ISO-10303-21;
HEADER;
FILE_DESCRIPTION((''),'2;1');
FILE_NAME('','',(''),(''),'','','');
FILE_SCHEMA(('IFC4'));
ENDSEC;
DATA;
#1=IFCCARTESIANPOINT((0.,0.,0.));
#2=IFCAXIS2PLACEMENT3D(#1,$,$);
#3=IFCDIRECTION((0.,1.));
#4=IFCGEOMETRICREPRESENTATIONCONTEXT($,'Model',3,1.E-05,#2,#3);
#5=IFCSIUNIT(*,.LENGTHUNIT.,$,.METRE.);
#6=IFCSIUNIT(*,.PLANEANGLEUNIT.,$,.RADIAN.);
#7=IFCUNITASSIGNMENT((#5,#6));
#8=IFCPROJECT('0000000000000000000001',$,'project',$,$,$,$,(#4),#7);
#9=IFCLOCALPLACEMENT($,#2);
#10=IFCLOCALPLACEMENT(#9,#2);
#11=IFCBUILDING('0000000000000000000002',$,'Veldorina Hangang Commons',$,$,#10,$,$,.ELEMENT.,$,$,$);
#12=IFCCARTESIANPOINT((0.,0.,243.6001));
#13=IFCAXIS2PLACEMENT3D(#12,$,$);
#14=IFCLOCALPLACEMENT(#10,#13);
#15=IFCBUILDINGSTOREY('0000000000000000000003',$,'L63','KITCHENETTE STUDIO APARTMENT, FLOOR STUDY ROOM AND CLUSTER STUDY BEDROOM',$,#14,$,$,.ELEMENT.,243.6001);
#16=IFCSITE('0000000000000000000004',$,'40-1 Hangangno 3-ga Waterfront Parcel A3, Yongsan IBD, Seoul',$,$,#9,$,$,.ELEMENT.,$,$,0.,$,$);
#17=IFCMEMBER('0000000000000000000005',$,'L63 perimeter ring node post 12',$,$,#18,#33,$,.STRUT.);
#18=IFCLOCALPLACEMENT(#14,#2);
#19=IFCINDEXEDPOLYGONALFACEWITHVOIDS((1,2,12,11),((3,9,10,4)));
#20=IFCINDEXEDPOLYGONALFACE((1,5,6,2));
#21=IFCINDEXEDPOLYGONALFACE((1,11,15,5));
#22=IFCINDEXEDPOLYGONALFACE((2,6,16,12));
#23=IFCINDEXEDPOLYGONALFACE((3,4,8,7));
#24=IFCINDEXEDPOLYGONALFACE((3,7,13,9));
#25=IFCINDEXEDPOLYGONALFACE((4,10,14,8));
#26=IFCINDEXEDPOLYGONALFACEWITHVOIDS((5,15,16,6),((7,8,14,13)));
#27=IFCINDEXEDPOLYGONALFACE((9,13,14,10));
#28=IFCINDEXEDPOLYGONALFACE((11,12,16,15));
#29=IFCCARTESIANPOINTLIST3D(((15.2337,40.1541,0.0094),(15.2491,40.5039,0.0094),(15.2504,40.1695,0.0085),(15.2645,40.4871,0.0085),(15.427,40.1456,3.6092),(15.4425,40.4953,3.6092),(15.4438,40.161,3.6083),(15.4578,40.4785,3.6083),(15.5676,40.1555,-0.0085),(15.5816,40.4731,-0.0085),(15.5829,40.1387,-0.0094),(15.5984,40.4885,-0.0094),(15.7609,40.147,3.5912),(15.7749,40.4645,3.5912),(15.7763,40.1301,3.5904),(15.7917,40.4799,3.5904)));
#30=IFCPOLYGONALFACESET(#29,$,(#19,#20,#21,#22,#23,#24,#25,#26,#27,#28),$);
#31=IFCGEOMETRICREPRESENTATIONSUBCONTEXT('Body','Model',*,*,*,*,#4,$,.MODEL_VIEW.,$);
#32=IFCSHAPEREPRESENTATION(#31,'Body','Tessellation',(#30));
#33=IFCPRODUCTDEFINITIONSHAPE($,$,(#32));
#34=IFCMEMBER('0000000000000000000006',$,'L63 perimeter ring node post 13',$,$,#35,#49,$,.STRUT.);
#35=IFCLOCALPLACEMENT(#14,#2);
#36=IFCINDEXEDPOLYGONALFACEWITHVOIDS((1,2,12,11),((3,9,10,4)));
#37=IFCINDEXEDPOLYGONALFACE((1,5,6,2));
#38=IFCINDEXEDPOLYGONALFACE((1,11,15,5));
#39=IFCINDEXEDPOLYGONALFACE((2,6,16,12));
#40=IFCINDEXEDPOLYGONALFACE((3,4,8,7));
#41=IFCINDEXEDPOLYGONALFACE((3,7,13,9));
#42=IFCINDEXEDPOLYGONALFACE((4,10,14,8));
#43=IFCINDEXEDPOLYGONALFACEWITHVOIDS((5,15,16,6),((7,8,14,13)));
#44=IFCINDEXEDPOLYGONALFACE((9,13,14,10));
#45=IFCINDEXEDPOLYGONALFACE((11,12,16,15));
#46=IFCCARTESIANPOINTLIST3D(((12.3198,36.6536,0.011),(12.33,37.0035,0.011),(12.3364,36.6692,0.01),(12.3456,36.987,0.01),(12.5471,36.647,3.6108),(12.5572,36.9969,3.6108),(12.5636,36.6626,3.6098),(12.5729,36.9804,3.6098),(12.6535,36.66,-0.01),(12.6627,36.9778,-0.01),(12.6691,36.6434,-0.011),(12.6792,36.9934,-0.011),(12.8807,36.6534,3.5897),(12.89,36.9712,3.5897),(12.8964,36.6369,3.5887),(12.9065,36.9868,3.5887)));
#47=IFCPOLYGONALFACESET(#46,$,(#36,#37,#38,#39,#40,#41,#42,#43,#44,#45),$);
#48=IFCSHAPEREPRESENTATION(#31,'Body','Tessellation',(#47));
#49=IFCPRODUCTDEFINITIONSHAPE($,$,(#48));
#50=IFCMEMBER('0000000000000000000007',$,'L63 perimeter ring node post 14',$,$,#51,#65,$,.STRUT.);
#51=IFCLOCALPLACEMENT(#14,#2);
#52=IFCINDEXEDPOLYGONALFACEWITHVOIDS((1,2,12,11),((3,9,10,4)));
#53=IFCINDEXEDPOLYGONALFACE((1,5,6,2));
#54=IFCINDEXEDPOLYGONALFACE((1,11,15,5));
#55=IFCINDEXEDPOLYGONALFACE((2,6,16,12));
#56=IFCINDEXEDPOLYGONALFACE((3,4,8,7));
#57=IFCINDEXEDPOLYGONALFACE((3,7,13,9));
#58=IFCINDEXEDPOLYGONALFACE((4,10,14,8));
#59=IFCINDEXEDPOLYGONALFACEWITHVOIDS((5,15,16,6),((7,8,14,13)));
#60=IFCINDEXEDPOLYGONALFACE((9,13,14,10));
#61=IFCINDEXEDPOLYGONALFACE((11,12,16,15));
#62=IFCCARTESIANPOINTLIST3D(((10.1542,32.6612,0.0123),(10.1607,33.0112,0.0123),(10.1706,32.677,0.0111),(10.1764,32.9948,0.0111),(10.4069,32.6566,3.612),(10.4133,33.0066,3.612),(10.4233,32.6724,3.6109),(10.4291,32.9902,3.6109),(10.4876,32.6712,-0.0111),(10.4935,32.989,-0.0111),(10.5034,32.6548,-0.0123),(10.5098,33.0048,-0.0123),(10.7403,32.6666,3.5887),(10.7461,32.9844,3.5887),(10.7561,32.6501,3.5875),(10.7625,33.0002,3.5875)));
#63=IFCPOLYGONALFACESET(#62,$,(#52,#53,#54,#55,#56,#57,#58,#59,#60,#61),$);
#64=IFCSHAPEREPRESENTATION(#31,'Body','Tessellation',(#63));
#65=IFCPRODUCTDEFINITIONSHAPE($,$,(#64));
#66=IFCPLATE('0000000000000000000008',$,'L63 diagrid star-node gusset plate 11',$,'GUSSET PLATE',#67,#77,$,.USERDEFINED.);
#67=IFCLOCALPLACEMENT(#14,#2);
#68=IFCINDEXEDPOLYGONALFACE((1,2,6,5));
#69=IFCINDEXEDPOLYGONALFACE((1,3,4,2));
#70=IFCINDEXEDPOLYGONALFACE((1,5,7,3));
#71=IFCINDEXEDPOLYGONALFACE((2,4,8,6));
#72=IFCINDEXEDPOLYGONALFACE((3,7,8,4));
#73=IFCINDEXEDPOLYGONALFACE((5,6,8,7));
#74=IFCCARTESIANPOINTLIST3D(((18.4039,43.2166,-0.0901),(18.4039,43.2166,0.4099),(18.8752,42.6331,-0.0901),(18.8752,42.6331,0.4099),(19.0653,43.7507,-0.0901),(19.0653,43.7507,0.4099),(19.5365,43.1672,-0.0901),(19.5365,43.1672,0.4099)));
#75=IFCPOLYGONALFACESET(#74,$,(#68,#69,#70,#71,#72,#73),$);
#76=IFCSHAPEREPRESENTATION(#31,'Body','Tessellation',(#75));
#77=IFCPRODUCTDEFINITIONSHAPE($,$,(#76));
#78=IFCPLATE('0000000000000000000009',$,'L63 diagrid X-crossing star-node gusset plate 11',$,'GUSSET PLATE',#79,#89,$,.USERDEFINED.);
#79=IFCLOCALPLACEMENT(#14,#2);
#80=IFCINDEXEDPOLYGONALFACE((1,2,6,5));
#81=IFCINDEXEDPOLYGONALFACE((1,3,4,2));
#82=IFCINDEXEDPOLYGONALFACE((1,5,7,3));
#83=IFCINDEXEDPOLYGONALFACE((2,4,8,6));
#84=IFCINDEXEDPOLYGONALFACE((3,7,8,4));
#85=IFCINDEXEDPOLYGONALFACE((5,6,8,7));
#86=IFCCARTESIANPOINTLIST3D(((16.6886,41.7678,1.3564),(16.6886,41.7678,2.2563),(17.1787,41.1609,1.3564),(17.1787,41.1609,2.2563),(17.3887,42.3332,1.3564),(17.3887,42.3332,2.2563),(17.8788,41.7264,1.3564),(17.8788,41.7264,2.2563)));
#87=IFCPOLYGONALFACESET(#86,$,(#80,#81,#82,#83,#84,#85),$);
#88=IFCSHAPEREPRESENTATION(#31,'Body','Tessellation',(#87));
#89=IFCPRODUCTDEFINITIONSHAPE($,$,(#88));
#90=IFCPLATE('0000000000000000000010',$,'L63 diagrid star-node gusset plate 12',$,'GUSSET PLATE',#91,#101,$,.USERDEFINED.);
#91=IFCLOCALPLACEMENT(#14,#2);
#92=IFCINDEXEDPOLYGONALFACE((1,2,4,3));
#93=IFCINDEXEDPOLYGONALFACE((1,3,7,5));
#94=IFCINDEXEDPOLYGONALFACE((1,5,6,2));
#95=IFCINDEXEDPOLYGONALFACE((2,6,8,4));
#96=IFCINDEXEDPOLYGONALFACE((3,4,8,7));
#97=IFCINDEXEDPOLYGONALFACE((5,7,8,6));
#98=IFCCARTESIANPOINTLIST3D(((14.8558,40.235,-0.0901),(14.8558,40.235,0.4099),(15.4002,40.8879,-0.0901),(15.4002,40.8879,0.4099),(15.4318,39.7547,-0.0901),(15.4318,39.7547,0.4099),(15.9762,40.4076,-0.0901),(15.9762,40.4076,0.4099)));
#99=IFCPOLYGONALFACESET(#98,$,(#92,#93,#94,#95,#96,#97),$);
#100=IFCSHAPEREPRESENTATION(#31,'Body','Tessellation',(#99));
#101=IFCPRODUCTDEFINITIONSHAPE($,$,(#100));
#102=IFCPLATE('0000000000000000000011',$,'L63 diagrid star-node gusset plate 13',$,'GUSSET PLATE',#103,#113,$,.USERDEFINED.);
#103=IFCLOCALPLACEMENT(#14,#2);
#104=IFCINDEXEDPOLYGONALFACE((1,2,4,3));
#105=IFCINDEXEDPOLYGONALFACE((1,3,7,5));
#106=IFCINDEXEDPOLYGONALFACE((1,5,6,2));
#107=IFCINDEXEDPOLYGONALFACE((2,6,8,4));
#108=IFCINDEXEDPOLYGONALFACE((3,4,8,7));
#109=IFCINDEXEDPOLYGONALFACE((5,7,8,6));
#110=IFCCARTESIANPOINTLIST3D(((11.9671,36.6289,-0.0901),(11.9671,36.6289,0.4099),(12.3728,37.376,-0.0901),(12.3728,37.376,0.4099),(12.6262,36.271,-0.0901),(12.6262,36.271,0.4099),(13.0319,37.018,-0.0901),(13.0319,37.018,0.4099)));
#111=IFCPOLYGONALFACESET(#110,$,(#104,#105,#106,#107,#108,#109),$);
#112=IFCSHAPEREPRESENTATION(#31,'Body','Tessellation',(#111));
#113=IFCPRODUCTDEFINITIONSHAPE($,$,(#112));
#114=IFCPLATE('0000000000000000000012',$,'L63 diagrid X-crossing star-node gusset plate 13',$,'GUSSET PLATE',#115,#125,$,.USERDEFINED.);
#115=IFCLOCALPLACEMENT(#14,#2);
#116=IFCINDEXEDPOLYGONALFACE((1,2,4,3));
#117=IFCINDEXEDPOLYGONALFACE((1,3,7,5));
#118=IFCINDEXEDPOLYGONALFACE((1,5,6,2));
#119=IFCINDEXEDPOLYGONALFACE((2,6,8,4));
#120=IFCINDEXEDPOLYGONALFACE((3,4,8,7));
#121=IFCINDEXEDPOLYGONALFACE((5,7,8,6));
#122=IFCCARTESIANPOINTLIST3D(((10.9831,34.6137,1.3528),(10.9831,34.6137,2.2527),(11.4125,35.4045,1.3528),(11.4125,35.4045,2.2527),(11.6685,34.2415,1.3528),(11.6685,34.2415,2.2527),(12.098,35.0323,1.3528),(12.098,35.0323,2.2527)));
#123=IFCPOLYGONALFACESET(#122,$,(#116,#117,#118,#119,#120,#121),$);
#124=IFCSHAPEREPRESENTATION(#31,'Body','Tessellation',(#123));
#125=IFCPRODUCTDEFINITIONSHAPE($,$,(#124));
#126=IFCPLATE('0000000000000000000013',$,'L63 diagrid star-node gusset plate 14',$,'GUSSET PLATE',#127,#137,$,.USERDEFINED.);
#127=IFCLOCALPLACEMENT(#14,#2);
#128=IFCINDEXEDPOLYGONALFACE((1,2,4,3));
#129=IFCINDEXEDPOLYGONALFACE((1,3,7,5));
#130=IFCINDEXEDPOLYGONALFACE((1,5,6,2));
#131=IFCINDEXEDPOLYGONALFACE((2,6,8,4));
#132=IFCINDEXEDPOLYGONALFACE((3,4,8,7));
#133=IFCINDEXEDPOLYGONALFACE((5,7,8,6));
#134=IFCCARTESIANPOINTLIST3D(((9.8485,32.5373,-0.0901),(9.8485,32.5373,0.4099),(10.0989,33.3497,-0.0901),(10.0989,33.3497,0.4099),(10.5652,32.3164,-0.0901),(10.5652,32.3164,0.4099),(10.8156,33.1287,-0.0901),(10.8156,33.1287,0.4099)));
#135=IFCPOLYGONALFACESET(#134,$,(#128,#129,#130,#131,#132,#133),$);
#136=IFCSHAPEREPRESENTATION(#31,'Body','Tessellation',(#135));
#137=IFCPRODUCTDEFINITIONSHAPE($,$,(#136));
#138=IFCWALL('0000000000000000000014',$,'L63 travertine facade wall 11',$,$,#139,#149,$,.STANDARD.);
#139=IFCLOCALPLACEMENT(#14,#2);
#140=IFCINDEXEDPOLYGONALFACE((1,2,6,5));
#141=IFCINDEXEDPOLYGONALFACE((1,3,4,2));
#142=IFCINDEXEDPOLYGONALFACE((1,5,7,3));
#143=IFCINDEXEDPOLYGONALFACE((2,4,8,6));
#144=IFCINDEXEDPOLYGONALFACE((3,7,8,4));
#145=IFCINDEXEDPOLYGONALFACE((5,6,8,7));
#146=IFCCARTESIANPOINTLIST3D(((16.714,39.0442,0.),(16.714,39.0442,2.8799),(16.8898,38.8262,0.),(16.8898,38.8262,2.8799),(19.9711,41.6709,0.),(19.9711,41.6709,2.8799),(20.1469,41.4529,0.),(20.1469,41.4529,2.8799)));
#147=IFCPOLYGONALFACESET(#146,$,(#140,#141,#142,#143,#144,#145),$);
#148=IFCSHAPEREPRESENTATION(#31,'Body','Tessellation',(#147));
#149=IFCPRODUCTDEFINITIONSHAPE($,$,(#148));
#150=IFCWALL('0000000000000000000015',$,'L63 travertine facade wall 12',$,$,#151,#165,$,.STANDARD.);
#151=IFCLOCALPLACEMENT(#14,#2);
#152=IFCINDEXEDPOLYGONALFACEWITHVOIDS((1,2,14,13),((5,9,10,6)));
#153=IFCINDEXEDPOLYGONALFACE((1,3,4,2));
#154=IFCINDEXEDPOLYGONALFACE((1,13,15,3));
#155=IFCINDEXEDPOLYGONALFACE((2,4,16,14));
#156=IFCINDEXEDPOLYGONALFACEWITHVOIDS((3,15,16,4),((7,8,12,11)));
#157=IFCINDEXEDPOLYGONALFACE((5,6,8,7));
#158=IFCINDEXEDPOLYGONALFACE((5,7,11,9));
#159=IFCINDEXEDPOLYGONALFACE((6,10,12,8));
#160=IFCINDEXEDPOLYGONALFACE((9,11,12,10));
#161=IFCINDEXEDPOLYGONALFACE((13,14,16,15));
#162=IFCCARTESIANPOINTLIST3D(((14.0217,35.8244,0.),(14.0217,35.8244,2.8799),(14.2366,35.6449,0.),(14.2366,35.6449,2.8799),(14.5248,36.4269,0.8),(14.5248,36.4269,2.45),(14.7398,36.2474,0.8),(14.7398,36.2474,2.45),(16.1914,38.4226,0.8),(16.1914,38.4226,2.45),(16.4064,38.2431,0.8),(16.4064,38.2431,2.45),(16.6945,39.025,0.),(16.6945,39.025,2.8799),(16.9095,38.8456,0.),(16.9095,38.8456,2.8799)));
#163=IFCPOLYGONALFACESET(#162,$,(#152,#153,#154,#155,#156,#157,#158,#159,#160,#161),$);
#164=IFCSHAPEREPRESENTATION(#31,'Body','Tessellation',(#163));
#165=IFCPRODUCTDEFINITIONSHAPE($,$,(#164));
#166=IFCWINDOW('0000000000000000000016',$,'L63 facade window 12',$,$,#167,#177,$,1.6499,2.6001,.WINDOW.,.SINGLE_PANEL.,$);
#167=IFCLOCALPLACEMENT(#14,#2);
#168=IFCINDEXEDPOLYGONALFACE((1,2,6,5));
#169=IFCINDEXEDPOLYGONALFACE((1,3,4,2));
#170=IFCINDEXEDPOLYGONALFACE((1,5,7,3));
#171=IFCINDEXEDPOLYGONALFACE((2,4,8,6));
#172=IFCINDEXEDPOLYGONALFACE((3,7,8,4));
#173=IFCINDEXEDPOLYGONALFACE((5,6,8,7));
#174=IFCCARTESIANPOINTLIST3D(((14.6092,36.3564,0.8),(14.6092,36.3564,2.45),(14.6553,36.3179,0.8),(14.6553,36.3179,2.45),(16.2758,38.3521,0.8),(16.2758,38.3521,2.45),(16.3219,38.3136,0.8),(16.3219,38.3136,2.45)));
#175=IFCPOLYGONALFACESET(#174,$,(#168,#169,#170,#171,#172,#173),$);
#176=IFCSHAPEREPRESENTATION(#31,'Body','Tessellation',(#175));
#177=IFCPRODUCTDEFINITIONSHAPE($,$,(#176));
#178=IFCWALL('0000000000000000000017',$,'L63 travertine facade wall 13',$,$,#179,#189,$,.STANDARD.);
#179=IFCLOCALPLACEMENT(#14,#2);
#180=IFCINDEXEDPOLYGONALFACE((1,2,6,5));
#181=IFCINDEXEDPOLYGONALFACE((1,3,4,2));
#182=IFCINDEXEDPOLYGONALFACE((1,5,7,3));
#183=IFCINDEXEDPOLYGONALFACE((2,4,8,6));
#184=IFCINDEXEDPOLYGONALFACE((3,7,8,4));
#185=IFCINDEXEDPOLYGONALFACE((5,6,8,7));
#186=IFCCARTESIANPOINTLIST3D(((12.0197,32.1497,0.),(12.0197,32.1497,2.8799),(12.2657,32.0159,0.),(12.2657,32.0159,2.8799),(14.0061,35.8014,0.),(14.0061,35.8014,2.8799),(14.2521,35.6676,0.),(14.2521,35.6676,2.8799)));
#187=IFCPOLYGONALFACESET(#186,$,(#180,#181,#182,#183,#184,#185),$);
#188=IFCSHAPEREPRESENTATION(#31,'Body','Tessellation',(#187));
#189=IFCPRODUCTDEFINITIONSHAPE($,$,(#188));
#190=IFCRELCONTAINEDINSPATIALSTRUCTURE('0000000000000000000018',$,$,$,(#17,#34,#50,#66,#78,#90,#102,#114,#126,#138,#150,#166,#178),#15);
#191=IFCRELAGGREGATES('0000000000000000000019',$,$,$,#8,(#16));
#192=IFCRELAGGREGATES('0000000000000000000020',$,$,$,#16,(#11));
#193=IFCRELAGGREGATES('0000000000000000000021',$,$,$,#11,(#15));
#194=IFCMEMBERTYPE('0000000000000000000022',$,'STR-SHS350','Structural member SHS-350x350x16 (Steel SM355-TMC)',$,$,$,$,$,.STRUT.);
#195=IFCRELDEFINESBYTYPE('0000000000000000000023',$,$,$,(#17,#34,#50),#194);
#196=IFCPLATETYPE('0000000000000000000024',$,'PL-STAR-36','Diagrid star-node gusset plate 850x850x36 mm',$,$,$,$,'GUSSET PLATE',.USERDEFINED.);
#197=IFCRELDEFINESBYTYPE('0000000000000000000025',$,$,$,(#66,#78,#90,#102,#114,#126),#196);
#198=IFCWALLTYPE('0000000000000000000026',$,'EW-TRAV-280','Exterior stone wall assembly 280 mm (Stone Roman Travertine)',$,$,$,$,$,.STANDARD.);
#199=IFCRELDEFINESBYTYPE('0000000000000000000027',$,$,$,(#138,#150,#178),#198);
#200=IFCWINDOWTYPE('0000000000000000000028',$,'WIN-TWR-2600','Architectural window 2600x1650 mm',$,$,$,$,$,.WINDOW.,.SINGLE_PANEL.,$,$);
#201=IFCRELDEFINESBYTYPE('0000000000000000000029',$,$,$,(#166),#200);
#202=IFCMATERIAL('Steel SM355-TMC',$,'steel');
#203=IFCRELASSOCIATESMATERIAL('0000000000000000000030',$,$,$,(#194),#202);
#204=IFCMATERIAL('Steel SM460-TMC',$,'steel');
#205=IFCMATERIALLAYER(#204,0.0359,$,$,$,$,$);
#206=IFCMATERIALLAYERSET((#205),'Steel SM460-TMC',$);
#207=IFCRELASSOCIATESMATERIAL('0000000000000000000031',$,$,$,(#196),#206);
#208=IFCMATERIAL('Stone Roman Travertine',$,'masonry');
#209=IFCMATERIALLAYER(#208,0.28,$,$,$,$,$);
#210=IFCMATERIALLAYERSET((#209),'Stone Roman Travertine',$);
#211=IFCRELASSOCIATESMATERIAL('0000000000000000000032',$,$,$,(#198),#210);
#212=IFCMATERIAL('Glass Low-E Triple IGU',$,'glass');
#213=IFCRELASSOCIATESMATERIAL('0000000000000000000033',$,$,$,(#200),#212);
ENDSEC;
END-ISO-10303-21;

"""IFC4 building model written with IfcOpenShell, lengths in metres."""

from ifc_helpers import new_model, si_unit, direction, frame, frame_2d, origin, origin_2d, place, context, subcontext, project, spatial, rectangle, hollow_rectangle, extrude, material, layer, layer_set, material_profile, profile_set, type_object, element, fill, save


model = new_model("IFC4")

# Units and contexts
model_context = context("Model", 3, precision=1e-05, world=origin(), true_north=direction((0.0, 1.0)))
body_context = subcontext(model_context, "Body", "Model", "MODEL_VIEW")
ifc_project = project(units=[si_unit("LENGTHUNIT", "METRE"), si_unit("PLANEANGLEUNIT", "RADIAN")], contexts=[model_context])

# Site, building, storey
site_placement = place(None, origin())
site = spatial("IfcSite", under=ifc_project, at=site_placement, Name="40-1 Hangangno 3-ga Waterfront Parcel A3, Yongsan IBD, Seoul", CompositionType="ELEMENT", RefElevation=0.0)
building_placement = place(site_placement, origin())
building = spatial("IfcBuilding", under=site, at=building_placement, Name="Veldorina Hangang Commons", CompositionType="ELEMENT")
storey_placement = place(building_placement, frame((0.0, 0.0, 243.6001)))
storey = spatial("IfcBuildingStorey", under=building, at=storey_placement, Name="L63", Description="KITCHENETTE STUDIO APARTMENT, FLOOR STUDY ROOM AND CLUSTER STUDY BEDROOM", CompositionType="ELEMENT", Elevation=243.6001)

# Shared definitions
ifc_material_1 = material(Name="Steel SM355-TMC", Category="steel")

# Members
ifc_material_profile_1 = material_profile(ifc_material_1, hollow_rectangle(XDim=0.3501, YDim=0.3501, WallThickness=0.0161, at=origin_2d()), Name="SHS-350x350x16")
ifc_profile_set_1 = profile_set([ifc_material_profile_1], Name="Steel SM355-TMC")
member_type_1 = type_object("IfcMemberType", Name="STR-SHS350", Description="Structural member SHS-350x350x16 (Steel SM355-TMC)", PredefinedType="STRUT", material=ifc_profile_set_1)
member_1_placement = place(storey_placement, frame((15.416, 40.3213, 0.0), z_axis=(0.053636, -0.00237, 0.998558), x_axis=(0.044149, 0.999025, 0.0)))
element("IfcMember", 1, at=member_1_placement, inside=storey, type_object=member_type_1, Name="L63 perimeter ring node post 12", PredefinedType="STRUT", context=body_context, shape_type="SweptSolid", body=[
    extrude(hollow_rectangle(XDim=0.3501, YDim=0.3501, WallThickness=0.0161, at=origin_2d()), origin(), (0.0, 0.0, 1.0), 3.605),
])
member_2_placement = place(storey_placement, frame((12.4995, 36.8235, 0.0), z_axis=(0.063014, -0.001827, 0.998011), x_axis=(0.028989, 0.99958, 0.0)))
element("IfcMember", 2, at=member_2_placement, inside=storey, type_object=member_type_1, Name="L63 perimeter ring node post 13", PredefinedType="STRUT", context=body_context, shape_type="SweptSolid", body=[
    extrude(hollow_rectangle(XDim=0.3501, YDim=0.3501, WallThickness=0.0161, at=origin_2d()), origin(), (0.0, 0.0, 1.0), 3.6069),
])
member_3_placement = place(storey_placement, frame((10.332, 32.833, 0.0), z_axis=(0.070021, -0.001285, 0.997545), x_axis=(0.018354, 0.999832, 0.0)))
element("IfcMember", 3, at=member_3_placement, inside=storey, type_object=member_type_1, Name="L63 perimeter ring node post 14", PredefinedType="STRUT", context=body_context, shape_type="SweptSolid", body=[
    extrude(hollow_rectangle(XDim=0.3501, YDim=0.3501, WallThickness=0.0161, at=origin_2d()), origin(), (0.0, 0.0, 1.0), 3.6086),
])

# Plates
ifc_material_2 = material(Name="Steel SM460-TMC", Category="steel")
ifc_layer_1 = layer(ifc_material_2, 0.0359)
ifc_layer_set_1 = layer_set([ifc_layer_1], Name="Steel SM460-TMC")
plate_type = type_object("IfcPlateType", Name="PL-STAR-36", Description="Diagrid star-node gusset plate 850x850x36 mm", ElementType="GUSSET PLATE", PredefinedType="USERDEFINED", material=ifc_layer_set_1)
plate_1_placement = place(storey_placement, frame((18.9702, 43.1919, -0.0901), z_axis=(0.0, 0.0, 1.0), x_axis=(-0.777947, -0.62833, 0.0)))
element("IfcPlate", 4, at=plate_1_placement, inside=storey, type_object=plate_type, Name="L63 diagrid star-node gusset plate 11", ObjectType="GUSSET PLATE", PredefinedType="USERDEFINED", context=body_context, shape_type="SweptSolid", body=[
    extrude(rectangle(XDim=0.8501, YDim=0.75, at=origin_2d()), origin(), (0.0, 0.0, 1.0), 0.5),
])
plate_2_placement = place(storey_placement, frame((17.2837, 41.7471, 1.3564), z_axis=(0.0, 0.0, 1.0), x_axis=(-0.777947, -0.62833, 0.0)))
element("IfcPlate", 5, at=plate_2_placement, inside=storey, type_object=plate_type, Name="L63 diagrid X-crossing star-node gusset plate 11", ObjectType="GUSSET PLATE", PredefinedType="USERDEFINED", context=body_context, shape_type="SweptSolid", body=[
    extrude(rectangle(XDim=0.8999, YDim=0.78, at=origin_2d()), origin(), (0.0, 0.0, 1.0), 0.8999),
])
for number, where, z_axis, x_axis, name in (
    (6, (15.416, 40.3213, -0.0901), (0.0, 0.0, 1.0), (-0.640431, -0.768015, 0.0), "L63 diagrid star-node gusset plate 12"),
    (7, (12.4995, 36.8235, -0.0901), (0.0, 0.0, 1.0), (-0.477251, -0.878767, 0.0), "L63 diagrid star-node gusset plate 13"),
):
    element("IfcPlate", number, at=place(storey_placement, frame(where, z_axis=z_axis, x_axis=x_axis)), inside=storey, type_object=plate_type, Name=name, ObjectType="GUSSET PLATE", PredefinedType="USERDEFINED", context=body_context, shape_type="SweptSolid", body=[
        extrude(rectangle(XDim=0.8501, YDim=0.75, at=origin_2d()), origin(), (0.0, 0.0, 1.0), 0.5),
    ])
plate_3_placement = place(storey_placement, frame((11.5405, 34.823, 1.3528), z_axis=(0.0, 0.0, 1.0), x_axis=(-0.477251, -0.878767, 0.0)))
element("IfcPlate", 8, at=plate_3_placement, inside=storey, type_object=plate_type, Name="L63 diagrid X-crossing star-node gusset plate 13", ObjectType="GUSSET PLATE", PredefinedType="USERDEFINED", context=body_context, shape_type="SweptSolid", body=[
    extrude(rectangle(XDim=0.8999, YDim=0.78, at=origin_2d()), origin(), (0.0, 0.0, 1.0), 0.8999),
])
plate_4_placement = place(storey_placement, frame((10.332, 32.833, -0.0901), z_axis=(0.0, 0.0, 1.0), x_axis=(-0.294574, -0.955629, 0.0)))
element("IfcPlate", 9, at=plate_4_placement, inside=storey, type_object=plate_type, Name="L63 diagrid star-node gusset plate 14", ObjectType="GUSSET PLATE", PredefinedType="USERDEFINED", context=body_context, shape_type="SweptSolid", body=[
    extrude(rectangle(XDim=0.8501, YDim=0.75, at=origin_2d()), origin(), (0.0, 0.0, 1.0), 0.5),
])

# Wall
ifc_material_3 = material(Name="Stone Roman Travertine", Category="masonry")
ifc_layer_2 = layer(ifc_material_3, 0.28)
ifc_layer_set_2 = layer_set([ifc_layer_2], Name="Stone Roman Travertine")
wall_type_1 = type_object("IfcWallType", Name="EW-TRAV-280", Description="Exterior stone wall assembly 280 mm (Stone Roman Travertine)", PredefinedType="STANDARD", material=ifc_layer_set_2)
wall_1_placement = place(storey_placement, frame((20.0591, 41.562, 0.0), z_axis=(0.0, 0.0, 1.0), x_axis=(-0.778409, -0.627757, 0.0)))
element("IfcWall", 10, at=wall_1_placement, inside=storey, type_object=wall_type_1, Name="L63 travertine facade wall 11", PredefinedType="STANDARD", context=body_context, shape_type="SweptSolid", body=[
    extrude(rectangle(XDim=4.1843, YDim=0.28, at=frame_2d((2.0923, 0.0))), origin(), (0.0, 0.0, 1.0), 2.8799),
])

# Wall, opening, window
wall_2_placement = place(storey_placement, frame((16.802, 38.9353, 0.0), z_axis=(0.0, 0.0, 1.0), x_axis=(-0.640979, -0.767559, 0.0)))
wall_2 = element("IfcWall", 11, at=wall_2_placement, inside=storey, type_object=wall_type_1, Name="L63 travertine facade wall 12", PredefinedType="STANDARD", context=body_context, shape_type="SweptSolid", body=[
    extrude(rectangle(XDim=4.1699, YDim=0.28, at=frame_2d((2.085, 0.0))), origin(), (0.0, 0.0, 1.0), 2.8799),
])
opening_1_placement = place(wall_2_placement, frame((0.7849, 0.0, 0.8)))
opening_1 = element("IfcOpeningElement", 12, at=opening_1_placement, cuts=wall_2, PredefinedType="OPENING", context=body_context, shape_type="SweptSolid", body=[
    extrude(rectangle(XDim=2.6001, YDim=1.6499, at=frame_2d((1.3, 0.825))), frame((0.0, 0.1499, 0.0), z_axis=(0.0, -1.0, 0.0), x_axis=(1.0, 0.0, 0.0)), (0.0, 0.0, 1.0), 0.3),
])
ifc_material_4 = material(Name="Glass Low-E Triple IGU", Category="glass")
window_type = type_object("IfcWindowType", Name="WIN-TWR-2600", Description="Architectural window 2600x1650 mm", PartitioningType="SINGLE_PANEL", PredefinedType="WINDOW", material=ifc_material_4)
window_placement = place(opening_1_placement, origin())
window = element("IfcWindow", 13, at=window_placement, inside=storey, type_object=window_type, Name="L63 facade window 12", OverallHeight=1.6499, OverallWidth=2.6001, PartitioningType="SINGLE_PANEL", PredefinedType="WINDOW", context=body_context, shape_type="SweptSolid", body=[
    extrude(rectangle(XDim=2.6001, YDim=1.6499, at=frame_2d((1.3, 0.825))), frame((0.0, 0.03, 0.0), z_axis=(0.0, -1.0, 0.0), x_axis=(1.0, 0.0, 0.0)), (0.0, 0.0, 1.0), 0.0601),
])
fill(opening_1, window)

# Wall
wall_3_placement = place(storey_placement, frame((14.1292, 35.7346, 0.0), z_axis=(0.0, 0.0, 1.0), x_axis=(-0.47784, -0.878447, 0.0)))
element("IfcWall", 14, at=wall_3_placement, inside=storey, type_object=wall_type_1, Name="L63 travertine facade wall 13", PredefinedType="STANDARD", context=body_context, shape_type="SweptSolid", body=[
    extrude(rectangle(XDim=4.157, YDim=0.28, at=frame_2d((2.0786, 0.0))), origin(), (0.0, 0.0, 1.0), 2.8799),
])

save(model, "model.ifc")
